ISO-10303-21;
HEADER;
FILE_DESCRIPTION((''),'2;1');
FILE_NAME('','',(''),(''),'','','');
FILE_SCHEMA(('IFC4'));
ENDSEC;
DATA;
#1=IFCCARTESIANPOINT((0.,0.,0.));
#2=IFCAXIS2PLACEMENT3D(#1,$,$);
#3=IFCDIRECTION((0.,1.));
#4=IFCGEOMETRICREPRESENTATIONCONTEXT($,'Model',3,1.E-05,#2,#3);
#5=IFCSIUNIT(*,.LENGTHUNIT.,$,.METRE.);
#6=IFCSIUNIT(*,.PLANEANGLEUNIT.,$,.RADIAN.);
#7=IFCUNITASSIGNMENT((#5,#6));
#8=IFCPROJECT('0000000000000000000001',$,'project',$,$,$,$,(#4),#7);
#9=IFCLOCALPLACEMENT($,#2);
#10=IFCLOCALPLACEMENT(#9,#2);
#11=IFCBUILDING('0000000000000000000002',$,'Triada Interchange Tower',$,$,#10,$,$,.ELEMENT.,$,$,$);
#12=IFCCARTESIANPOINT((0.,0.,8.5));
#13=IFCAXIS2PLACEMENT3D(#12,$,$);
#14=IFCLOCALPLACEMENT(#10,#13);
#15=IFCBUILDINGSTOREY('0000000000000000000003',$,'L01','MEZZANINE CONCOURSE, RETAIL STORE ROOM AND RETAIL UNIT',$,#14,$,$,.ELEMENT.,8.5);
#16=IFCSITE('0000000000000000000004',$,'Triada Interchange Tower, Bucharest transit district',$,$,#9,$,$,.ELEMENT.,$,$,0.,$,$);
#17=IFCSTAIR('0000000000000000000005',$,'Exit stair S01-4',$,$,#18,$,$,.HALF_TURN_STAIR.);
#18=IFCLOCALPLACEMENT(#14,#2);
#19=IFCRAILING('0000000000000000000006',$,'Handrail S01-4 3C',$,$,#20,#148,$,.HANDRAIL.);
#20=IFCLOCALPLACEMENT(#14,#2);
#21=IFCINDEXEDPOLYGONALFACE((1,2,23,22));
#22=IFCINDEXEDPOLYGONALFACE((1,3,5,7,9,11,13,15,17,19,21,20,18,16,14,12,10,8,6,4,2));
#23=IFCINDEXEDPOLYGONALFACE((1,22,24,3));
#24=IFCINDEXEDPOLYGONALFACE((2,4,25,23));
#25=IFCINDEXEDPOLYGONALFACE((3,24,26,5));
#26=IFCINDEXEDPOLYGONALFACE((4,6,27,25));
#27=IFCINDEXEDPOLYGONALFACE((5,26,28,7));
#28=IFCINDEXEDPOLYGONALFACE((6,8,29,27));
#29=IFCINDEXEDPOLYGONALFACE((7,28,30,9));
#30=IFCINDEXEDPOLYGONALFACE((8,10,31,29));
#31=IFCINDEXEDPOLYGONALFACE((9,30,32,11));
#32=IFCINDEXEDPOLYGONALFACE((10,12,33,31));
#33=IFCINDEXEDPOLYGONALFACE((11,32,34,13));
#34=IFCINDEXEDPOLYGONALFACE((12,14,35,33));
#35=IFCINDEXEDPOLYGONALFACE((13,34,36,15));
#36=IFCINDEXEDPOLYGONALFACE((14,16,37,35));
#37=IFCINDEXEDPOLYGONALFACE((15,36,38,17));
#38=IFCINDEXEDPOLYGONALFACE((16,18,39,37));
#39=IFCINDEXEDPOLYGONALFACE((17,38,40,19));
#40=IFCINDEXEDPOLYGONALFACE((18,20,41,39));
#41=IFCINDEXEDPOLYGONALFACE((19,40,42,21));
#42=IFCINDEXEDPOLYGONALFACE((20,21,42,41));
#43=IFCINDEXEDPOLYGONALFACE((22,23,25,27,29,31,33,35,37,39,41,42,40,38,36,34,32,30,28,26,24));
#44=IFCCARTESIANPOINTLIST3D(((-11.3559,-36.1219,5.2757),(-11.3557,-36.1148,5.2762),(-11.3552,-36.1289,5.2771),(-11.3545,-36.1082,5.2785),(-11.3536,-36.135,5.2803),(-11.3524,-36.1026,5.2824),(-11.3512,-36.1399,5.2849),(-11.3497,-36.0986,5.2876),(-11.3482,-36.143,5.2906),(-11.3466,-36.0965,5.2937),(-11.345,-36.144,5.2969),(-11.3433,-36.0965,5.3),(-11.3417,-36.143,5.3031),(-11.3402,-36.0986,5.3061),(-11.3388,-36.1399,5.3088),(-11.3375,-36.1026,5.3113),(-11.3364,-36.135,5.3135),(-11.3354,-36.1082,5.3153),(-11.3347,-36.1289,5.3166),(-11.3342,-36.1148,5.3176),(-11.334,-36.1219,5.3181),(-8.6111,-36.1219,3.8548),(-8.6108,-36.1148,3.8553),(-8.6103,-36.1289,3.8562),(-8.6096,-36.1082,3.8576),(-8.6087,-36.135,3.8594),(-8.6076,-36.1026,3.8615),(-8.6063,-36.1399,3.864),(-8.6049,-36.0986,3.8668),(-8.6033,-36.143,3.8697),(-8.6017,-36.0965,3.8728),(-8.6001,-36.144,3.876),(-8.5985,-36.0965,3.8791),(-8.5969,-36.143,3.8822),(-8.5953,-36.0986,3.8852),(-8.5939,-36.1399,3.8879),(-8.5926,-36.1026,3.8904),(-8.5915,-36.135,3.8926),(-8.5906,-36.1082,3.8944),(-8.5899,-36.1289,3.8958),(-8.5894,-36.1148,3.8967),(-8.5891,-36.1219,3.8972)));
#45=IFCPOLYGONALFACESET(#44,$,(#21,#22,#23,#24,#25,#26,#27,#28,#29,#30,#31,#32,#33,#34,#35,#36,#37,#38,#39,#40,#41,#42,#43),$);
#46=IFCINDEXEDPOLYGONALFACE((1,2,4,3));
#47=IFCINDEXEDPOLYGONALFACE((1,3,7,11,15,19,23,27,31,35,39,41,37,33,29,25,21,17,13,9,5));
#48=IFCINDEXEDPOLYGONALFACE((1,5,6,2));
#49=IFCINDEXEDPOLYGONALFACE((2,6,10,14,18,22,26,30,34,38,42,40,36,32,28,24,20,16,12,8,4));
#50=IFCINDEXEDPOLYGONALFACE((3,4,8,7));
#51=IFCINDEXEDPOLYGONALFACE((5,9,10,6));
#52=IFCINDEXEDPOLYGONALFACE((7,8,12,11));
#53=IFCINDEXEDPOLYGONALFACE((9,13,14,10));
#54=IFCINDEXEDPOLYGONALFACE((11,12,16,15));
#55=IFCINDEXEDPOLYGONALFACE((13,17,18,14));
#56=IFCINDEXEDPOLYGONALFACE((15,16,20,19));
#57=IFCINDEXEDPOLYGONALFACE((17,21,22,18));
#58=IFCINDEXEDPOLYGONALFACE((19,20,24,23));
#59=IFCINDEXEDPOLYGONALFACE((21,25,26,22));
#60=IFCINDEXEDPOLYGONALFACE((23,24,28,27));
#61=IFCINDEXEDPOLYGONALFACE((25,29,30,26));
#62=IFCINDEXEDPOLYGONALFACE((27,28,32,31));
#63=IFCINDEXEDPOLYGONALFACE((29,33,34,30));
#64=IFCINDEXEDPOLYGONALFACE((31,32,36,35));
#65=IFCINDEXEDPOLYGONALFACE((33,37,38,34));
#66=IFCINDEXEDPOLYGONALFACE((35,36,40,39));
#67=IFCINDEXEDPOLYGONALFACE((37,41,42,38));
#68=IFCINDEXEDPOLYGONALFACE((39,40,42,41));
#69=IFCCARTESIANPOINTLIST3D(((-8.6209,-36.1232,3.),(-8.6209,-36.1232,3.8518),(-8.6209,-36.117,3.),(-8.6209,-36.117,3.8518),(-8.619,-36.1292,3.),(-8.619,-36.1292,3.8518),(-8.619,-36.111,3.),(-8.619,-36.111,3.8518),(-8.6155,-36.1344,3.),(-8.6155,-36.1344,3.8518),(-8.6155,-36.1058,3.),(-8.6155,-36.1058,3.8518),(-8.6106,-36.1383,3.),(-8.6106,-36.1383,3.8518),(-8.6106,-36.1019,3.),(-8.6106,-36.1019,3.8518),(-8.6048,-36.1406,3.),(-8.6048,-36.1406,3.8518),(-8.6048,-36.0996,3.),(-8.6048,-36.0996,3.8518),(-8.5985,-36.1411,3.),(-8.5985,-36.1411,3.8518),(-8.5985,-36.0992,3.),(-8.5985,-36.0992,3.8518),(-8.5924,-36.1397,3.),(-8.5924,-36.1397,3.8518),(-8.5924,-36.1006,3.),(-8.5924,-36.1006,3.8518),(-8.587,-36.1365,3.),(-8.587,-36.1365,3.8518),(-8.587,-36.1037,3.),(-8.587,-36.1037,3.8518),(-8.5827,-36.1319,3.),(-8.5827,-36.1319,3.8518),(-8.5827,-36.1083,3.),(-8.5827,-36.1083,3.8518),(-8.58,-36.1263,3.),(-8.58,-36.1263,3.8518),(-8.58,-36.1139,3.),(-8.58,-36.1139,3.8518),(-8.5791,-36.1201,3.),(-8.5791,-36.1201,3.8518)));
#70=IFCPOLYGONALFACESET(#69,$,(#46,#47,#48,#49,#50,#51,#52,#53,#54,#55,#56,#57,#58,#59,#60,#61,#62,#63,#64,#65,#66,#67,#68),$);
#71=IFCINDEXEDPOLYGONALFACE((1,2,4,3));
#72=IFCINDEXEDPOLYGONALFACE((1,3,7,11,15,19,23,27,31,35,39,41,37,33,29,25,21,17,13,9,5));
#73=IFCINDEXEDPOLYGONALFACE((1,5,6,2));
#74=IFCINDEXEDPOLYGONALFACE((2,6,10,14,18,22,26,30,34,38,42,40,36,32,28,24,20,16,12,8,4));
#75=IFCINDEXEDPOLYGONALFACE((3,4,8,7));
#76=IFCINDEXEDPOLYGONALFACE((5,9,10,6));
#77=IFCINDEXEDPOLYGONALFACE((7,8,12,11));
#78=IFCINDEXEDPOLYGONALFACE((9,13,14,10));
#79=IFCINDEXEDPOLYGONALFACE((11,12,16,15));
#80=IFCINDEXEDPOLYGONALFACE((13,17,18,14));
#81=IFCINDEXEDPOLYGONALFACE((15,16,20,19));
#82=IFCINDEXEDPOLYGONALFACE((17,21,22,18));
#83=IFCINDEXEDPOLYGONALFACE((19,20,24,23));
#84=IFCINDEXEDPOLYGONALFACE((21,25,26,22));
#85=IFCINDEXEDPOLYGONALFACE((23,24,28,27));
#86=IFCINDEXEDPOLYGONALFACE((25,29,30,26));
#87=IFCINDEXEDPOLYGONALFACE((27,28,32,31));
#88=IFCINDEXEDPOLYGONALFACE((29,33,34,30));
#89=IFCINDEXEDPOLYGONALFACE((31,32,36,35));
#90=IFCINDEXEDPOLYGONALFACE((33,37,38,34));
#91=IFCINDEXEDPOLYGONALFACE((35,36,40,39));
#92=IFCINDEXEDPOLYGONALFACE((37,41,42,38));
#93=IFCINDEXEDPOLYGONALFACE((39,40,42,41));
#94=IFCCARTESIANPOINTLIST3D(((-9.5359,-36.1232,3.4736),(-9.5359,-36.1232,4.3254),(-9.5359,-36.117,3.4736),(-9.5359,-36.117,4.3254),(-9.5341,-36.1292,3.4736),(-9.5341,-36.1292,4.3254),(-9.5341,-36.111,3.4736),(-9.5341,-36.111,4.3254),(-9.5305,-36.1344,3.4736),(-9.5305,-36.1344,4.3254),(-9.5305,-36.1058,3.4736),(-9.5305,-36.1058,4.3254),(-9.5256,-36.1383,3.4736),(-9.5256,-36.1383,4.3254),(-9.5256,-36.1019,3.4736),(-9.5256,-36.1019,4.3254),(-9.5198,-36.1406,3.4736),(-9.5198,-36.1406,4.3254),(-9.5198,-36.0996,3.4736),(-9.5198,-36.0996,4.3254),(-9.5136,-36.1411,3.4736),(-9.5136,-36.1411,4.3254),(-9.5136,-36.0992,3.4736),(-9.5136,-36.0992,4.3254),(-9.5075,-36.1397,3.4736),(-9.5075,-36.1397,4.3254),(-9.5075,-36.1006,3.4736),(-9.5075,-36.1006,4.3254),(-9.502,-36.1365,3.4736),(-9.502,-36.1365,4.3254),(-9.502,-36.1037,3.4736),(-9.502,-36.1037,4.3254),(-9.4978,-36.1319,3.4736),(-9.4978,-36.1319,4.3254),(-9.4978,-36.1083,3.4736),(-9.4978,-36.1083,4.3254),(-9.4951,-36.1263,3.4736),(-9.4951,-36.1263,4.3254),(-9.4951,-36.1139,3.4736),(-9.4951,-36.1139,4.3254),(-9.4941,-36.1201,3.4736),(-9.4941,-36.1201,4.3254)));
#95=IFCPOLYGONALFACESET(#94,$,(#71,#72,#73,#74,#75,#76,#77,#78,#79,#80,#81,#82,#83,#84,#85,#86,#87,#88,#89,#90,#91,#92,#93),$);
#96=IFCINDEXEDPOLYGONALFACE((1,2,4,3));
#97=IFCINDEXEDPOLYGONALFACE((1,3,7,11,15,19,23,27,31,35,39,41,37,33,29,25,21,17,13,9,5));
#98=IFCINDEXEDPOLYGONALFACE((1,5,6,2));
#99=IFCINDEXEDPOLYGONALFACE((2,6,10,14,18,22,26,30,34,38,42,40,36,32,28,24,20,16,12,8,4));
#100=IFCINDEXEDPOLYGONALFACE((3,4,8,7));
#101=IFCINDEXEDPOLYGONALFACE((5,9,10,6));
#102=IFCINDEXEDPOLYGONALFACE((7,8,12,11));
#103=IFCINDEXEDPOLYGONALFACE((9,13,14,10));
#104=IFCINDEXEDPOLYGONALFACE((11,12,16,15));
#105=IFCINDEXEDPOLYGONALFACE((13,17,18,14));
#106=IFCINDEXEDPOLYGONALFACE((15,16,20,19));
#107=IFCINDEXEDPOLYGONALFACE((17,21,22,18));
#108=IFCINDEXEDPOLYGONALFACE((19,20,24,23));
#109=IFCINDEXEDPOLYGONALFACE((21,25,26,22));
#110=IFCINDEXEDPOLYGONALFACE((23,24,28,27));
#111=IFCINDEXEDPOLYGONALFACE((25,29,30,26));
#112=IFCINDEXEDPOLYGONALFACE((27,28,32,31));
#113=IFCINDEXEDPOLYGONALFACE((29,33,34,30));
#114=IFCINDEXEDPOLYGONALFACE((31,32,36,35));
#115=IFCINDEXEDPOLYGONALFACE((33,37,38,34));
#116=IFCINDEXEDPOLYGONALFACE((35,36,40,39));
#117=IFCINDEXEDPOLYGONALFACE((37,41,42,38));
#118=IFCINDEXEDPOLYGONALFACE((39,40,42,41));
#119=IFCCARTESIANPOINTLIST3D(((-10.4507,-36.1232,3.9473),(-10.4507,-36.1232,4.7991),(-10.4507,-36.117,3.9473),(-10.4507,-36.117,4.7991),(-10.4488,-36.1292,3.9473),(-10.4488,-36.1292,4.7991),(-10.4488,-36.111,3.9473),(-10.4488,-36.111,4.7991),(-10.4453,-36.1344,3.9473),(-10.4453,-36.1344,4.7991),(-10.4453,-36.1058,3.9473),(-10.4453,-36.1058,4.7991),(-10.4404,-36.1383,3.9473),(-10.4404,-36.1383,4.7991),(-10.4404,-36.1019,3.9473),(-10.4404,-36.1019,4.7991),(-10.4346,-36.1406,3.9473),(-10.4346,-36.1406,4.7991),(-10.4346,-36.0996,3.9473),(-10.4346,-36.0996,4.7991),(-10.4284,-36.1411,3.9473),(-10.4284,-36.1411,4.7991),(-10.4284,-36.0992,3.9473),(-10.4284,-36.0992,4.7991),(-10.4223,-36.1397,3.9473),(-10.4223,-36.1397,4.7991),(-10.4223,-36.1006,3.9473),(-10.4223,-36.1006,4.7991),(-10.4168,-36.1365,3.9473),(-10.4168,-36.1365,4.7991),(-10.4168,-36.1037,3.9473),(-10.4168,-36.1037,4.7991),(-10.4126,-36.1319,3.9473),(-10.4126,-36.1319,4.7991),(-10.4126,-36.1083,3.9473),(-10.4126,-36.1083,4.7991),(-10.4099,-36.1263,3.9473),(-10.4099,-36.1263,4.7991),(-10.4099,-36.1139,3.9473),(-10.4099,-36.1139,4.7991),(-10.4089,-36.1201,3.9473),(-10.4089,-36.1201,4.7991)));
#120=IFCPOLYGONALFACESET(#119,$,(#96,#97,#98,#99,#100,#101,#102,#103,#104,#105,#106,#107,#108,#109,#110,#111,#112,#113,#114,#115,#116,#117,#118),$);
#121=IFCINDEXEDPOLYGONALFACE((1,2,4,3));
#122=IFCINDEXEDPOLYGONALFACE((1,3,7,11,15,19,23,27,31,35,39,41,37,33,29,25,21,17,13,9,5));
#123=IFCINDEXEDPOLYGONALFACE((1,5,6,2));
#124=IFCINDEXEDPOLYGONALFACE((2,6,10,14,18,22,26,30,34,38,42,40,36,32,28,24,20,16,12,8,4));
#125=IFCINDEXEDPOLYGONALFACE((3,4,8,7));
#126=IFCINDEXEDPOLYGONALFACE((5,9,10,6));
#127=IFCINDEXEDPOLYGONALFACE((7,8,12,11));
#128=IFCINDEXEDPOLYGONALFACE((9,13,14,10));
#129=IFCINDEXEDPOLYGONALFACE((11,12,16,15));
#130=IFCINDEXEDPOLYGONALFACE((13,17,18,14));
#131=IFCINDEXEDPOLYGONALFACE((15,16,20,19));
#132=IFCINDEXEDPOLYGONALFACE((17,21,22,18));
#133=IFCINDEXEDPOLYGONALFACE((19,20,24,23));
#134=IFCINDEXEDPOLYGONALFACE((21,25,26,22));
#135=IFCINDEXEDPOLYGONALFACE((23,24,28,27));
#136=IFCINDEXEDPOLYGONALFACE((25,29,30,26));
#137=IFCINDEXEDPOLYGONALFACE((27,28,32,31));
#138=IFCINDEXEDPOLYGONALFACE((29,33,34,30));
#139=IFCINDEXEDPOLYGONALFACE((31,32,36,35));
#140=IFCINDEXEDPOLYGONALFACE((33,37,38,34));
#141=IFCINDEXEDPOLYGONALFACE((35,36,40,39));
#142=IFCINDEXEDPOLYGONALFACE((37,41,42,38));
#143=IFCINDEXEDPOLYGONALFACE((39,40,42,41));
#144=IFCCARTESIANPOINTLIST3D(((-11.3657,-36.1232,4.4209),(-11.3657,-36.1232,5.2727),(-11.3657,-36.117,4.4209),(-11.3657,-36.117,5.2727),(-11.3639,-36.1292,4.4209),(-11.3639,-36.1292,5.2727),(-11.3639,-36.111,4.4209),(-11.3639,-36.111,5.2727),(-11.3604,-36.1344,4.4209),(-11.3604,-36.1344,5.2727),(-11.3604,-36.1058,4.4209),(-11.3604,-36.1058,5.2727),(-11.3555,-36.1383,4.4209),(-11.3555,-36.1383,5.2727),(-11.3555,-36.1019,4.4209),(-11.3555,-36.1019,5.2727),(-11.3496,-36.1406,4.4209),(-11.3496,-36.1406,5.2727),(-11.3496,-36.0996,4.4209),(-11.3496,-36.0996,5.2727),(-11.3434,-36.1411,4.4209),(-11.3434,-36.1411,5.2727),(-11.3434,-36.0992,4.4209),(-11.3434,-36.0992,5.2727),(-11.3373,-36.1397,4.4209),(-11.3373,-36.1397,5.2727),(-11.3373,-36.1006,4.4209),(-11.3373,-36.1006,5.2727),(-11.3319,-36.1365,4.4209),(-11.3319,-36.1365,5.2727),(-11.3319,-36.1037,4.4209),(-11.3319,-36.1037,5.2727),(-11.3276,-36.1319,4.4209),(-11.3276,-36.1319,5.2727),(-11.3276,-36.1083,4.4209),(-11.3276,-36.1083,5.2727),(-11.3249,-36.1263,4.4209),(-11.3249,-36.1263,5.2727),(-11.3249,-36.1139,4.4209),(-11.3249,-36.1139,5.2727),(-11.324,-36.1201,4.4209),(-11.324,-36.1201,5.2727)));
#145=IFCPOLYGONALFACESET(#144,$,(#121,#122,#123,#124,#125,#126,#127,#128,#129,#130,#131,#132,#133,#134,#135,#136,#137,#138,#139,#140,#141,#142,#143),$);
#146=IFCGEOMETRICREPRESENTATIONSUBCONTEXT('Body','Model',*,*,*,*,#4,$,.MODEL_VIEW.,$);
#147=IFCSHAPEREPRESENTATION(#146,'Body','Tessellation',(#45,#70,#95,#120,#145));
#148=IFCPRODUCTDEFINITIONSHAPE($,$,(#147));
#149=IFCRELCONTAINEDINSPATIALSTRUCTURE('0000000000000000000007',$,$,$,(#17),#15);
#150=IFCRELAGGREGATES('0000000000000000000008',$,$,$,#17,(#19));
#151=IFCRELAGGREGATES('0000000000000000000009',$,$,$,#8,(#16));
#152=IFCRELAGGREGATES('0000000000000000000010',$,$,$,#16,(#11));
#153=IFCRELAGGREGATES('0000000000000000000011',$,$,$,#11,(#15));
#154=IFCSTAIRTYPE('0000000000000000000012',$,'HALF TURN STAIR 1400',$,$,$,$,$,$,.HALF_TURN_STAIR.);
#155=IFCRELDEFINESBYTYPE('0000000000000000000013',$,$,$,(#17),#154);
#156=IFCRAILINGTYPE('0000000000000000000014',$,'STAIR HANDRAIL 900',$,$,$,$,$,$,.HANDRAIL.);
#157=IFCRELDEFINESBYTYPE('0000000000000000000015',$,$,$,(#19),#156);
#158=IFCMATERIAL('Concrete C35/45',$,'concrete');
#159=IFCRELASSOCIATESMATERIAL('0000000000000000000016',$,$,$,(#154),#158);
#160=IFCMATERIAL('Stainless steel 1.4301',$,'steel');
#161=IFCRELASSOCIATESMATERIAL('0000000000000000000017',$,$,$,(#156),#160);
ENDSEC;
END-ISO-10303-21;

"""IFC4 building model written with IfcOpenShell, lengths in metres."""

from ifc_helpers import new_model, si_unit, direction, frame, origin, origin_2d, place, context, subcontext, project, spatial, circle, extrude, material, type_object, element, aggregate, save


model = new_model("IFC4")

# Units and contexts
model_context = context("Model", 3, precision=1e-05, world=origin(), true_north=direction((0.0, 1.0)))
body_context = subcontext(model_context, "Body", "Model", "MODEL_VIEW")
ifc_project = project(units=[si_unit("LENGTHUNIT", "METRE"), si_unit("PLANEANGLEUNIT", "RADIAN")], contexts=[model_context])

# Site, building, storey
site_placement = place(None, origin())
site = spatial("IfcSite", under=ifc_project, at=site_placement, Name="Triada Interchange Tower, Bucharest transit district", CompositionType="ELEMENT", RefElevation=0.0)
building_placement = place(site_placement, origin())
building = spatial("IfcBuilding", under=site, at=building_placement, Name="Triada Interchange Tower", CompositionType="ELEMENT")
storey_placement = place(building_placement, frame((0.0, 0.0, 8.5)))
storey = spatial("IfcBuildingStorey", under=building, at=storey_placement, Name="L01", Description="MEZZANINE CONCOURSE, RETAIL STORE ROOM AND RETAIL UNIT", CompositionType="ELEMENT", Elevation=8.5)

# Shared definitions
ifc_material_1 = material(Name="Concrete C35/45", Category="concrete")

# Stair, railing
stair_type = type_object("IfcStairType", Name="HALF TURN STAIR 1400", PredefinedType="HALF_TURN_STAIR", material=ifc_material_1)
stair_placement = place(storey_placement, origin())
stair = element("IfcStair", 1, at=stair_placement, inside=storey, type_object=stair_type, Name="Exit stair S01-4", PredefinedType="HALF_TURN_STAIR")
ifc_material_2 = material(Name="Stainless steel 1.4301", Category="steel")
railing_type_1 = type_object("IfcRailingType", Name="STAIR HANDRAIL 900", PredefinedType="HANDRAIL", material=ifc_material_2)
railing_1_placement = place(storey_placement, frame((-8.6001, -36.1201, 3.0)))
railing_1 = element("IfcRailing", 2, at=railing_1_placement, type_object=railing_type_1, Name="Handrail S01-4 3C", PredefinedType="HANDRAIL", context=body_context, shape_type="SweptSolid", body=[
    extrude(circle(Radius=0.0239, at=origin_2d()), frame((0.0, 0.0, 0.876), z_axis=(-0.888068, 0.0, 0.459713), x_axis=(0.0, -1.0, 0.0)), (0.0, 0.0, 1.0), 3.0908),
    extrude(circle(Radius=0.021, at=origin_2d()), origin(), (0.0, 0.0, 1.0), 0.8518),
    extrude(circle(Radius=0.021, at=origin_2d()), frame((-0.915, 0.0, 0.4736)), (0.0, 0.0, 1.0), 0.8518),
    extrude(circle(Radius=0.021, at=origin_2d()), frame((-1.8298, 0.0, 0.9473)), (0.0, 0.0, 1.0), 0.8518),
    extrude(circle(Radius=0.021, at=origin_2d()), frame((-2.7449, 0.0, 1.4209)), (0.0, 0.0, 1.0), 0.8518),
])
aggregate(stair, [railing_1])

save(model, "model.ifc")
